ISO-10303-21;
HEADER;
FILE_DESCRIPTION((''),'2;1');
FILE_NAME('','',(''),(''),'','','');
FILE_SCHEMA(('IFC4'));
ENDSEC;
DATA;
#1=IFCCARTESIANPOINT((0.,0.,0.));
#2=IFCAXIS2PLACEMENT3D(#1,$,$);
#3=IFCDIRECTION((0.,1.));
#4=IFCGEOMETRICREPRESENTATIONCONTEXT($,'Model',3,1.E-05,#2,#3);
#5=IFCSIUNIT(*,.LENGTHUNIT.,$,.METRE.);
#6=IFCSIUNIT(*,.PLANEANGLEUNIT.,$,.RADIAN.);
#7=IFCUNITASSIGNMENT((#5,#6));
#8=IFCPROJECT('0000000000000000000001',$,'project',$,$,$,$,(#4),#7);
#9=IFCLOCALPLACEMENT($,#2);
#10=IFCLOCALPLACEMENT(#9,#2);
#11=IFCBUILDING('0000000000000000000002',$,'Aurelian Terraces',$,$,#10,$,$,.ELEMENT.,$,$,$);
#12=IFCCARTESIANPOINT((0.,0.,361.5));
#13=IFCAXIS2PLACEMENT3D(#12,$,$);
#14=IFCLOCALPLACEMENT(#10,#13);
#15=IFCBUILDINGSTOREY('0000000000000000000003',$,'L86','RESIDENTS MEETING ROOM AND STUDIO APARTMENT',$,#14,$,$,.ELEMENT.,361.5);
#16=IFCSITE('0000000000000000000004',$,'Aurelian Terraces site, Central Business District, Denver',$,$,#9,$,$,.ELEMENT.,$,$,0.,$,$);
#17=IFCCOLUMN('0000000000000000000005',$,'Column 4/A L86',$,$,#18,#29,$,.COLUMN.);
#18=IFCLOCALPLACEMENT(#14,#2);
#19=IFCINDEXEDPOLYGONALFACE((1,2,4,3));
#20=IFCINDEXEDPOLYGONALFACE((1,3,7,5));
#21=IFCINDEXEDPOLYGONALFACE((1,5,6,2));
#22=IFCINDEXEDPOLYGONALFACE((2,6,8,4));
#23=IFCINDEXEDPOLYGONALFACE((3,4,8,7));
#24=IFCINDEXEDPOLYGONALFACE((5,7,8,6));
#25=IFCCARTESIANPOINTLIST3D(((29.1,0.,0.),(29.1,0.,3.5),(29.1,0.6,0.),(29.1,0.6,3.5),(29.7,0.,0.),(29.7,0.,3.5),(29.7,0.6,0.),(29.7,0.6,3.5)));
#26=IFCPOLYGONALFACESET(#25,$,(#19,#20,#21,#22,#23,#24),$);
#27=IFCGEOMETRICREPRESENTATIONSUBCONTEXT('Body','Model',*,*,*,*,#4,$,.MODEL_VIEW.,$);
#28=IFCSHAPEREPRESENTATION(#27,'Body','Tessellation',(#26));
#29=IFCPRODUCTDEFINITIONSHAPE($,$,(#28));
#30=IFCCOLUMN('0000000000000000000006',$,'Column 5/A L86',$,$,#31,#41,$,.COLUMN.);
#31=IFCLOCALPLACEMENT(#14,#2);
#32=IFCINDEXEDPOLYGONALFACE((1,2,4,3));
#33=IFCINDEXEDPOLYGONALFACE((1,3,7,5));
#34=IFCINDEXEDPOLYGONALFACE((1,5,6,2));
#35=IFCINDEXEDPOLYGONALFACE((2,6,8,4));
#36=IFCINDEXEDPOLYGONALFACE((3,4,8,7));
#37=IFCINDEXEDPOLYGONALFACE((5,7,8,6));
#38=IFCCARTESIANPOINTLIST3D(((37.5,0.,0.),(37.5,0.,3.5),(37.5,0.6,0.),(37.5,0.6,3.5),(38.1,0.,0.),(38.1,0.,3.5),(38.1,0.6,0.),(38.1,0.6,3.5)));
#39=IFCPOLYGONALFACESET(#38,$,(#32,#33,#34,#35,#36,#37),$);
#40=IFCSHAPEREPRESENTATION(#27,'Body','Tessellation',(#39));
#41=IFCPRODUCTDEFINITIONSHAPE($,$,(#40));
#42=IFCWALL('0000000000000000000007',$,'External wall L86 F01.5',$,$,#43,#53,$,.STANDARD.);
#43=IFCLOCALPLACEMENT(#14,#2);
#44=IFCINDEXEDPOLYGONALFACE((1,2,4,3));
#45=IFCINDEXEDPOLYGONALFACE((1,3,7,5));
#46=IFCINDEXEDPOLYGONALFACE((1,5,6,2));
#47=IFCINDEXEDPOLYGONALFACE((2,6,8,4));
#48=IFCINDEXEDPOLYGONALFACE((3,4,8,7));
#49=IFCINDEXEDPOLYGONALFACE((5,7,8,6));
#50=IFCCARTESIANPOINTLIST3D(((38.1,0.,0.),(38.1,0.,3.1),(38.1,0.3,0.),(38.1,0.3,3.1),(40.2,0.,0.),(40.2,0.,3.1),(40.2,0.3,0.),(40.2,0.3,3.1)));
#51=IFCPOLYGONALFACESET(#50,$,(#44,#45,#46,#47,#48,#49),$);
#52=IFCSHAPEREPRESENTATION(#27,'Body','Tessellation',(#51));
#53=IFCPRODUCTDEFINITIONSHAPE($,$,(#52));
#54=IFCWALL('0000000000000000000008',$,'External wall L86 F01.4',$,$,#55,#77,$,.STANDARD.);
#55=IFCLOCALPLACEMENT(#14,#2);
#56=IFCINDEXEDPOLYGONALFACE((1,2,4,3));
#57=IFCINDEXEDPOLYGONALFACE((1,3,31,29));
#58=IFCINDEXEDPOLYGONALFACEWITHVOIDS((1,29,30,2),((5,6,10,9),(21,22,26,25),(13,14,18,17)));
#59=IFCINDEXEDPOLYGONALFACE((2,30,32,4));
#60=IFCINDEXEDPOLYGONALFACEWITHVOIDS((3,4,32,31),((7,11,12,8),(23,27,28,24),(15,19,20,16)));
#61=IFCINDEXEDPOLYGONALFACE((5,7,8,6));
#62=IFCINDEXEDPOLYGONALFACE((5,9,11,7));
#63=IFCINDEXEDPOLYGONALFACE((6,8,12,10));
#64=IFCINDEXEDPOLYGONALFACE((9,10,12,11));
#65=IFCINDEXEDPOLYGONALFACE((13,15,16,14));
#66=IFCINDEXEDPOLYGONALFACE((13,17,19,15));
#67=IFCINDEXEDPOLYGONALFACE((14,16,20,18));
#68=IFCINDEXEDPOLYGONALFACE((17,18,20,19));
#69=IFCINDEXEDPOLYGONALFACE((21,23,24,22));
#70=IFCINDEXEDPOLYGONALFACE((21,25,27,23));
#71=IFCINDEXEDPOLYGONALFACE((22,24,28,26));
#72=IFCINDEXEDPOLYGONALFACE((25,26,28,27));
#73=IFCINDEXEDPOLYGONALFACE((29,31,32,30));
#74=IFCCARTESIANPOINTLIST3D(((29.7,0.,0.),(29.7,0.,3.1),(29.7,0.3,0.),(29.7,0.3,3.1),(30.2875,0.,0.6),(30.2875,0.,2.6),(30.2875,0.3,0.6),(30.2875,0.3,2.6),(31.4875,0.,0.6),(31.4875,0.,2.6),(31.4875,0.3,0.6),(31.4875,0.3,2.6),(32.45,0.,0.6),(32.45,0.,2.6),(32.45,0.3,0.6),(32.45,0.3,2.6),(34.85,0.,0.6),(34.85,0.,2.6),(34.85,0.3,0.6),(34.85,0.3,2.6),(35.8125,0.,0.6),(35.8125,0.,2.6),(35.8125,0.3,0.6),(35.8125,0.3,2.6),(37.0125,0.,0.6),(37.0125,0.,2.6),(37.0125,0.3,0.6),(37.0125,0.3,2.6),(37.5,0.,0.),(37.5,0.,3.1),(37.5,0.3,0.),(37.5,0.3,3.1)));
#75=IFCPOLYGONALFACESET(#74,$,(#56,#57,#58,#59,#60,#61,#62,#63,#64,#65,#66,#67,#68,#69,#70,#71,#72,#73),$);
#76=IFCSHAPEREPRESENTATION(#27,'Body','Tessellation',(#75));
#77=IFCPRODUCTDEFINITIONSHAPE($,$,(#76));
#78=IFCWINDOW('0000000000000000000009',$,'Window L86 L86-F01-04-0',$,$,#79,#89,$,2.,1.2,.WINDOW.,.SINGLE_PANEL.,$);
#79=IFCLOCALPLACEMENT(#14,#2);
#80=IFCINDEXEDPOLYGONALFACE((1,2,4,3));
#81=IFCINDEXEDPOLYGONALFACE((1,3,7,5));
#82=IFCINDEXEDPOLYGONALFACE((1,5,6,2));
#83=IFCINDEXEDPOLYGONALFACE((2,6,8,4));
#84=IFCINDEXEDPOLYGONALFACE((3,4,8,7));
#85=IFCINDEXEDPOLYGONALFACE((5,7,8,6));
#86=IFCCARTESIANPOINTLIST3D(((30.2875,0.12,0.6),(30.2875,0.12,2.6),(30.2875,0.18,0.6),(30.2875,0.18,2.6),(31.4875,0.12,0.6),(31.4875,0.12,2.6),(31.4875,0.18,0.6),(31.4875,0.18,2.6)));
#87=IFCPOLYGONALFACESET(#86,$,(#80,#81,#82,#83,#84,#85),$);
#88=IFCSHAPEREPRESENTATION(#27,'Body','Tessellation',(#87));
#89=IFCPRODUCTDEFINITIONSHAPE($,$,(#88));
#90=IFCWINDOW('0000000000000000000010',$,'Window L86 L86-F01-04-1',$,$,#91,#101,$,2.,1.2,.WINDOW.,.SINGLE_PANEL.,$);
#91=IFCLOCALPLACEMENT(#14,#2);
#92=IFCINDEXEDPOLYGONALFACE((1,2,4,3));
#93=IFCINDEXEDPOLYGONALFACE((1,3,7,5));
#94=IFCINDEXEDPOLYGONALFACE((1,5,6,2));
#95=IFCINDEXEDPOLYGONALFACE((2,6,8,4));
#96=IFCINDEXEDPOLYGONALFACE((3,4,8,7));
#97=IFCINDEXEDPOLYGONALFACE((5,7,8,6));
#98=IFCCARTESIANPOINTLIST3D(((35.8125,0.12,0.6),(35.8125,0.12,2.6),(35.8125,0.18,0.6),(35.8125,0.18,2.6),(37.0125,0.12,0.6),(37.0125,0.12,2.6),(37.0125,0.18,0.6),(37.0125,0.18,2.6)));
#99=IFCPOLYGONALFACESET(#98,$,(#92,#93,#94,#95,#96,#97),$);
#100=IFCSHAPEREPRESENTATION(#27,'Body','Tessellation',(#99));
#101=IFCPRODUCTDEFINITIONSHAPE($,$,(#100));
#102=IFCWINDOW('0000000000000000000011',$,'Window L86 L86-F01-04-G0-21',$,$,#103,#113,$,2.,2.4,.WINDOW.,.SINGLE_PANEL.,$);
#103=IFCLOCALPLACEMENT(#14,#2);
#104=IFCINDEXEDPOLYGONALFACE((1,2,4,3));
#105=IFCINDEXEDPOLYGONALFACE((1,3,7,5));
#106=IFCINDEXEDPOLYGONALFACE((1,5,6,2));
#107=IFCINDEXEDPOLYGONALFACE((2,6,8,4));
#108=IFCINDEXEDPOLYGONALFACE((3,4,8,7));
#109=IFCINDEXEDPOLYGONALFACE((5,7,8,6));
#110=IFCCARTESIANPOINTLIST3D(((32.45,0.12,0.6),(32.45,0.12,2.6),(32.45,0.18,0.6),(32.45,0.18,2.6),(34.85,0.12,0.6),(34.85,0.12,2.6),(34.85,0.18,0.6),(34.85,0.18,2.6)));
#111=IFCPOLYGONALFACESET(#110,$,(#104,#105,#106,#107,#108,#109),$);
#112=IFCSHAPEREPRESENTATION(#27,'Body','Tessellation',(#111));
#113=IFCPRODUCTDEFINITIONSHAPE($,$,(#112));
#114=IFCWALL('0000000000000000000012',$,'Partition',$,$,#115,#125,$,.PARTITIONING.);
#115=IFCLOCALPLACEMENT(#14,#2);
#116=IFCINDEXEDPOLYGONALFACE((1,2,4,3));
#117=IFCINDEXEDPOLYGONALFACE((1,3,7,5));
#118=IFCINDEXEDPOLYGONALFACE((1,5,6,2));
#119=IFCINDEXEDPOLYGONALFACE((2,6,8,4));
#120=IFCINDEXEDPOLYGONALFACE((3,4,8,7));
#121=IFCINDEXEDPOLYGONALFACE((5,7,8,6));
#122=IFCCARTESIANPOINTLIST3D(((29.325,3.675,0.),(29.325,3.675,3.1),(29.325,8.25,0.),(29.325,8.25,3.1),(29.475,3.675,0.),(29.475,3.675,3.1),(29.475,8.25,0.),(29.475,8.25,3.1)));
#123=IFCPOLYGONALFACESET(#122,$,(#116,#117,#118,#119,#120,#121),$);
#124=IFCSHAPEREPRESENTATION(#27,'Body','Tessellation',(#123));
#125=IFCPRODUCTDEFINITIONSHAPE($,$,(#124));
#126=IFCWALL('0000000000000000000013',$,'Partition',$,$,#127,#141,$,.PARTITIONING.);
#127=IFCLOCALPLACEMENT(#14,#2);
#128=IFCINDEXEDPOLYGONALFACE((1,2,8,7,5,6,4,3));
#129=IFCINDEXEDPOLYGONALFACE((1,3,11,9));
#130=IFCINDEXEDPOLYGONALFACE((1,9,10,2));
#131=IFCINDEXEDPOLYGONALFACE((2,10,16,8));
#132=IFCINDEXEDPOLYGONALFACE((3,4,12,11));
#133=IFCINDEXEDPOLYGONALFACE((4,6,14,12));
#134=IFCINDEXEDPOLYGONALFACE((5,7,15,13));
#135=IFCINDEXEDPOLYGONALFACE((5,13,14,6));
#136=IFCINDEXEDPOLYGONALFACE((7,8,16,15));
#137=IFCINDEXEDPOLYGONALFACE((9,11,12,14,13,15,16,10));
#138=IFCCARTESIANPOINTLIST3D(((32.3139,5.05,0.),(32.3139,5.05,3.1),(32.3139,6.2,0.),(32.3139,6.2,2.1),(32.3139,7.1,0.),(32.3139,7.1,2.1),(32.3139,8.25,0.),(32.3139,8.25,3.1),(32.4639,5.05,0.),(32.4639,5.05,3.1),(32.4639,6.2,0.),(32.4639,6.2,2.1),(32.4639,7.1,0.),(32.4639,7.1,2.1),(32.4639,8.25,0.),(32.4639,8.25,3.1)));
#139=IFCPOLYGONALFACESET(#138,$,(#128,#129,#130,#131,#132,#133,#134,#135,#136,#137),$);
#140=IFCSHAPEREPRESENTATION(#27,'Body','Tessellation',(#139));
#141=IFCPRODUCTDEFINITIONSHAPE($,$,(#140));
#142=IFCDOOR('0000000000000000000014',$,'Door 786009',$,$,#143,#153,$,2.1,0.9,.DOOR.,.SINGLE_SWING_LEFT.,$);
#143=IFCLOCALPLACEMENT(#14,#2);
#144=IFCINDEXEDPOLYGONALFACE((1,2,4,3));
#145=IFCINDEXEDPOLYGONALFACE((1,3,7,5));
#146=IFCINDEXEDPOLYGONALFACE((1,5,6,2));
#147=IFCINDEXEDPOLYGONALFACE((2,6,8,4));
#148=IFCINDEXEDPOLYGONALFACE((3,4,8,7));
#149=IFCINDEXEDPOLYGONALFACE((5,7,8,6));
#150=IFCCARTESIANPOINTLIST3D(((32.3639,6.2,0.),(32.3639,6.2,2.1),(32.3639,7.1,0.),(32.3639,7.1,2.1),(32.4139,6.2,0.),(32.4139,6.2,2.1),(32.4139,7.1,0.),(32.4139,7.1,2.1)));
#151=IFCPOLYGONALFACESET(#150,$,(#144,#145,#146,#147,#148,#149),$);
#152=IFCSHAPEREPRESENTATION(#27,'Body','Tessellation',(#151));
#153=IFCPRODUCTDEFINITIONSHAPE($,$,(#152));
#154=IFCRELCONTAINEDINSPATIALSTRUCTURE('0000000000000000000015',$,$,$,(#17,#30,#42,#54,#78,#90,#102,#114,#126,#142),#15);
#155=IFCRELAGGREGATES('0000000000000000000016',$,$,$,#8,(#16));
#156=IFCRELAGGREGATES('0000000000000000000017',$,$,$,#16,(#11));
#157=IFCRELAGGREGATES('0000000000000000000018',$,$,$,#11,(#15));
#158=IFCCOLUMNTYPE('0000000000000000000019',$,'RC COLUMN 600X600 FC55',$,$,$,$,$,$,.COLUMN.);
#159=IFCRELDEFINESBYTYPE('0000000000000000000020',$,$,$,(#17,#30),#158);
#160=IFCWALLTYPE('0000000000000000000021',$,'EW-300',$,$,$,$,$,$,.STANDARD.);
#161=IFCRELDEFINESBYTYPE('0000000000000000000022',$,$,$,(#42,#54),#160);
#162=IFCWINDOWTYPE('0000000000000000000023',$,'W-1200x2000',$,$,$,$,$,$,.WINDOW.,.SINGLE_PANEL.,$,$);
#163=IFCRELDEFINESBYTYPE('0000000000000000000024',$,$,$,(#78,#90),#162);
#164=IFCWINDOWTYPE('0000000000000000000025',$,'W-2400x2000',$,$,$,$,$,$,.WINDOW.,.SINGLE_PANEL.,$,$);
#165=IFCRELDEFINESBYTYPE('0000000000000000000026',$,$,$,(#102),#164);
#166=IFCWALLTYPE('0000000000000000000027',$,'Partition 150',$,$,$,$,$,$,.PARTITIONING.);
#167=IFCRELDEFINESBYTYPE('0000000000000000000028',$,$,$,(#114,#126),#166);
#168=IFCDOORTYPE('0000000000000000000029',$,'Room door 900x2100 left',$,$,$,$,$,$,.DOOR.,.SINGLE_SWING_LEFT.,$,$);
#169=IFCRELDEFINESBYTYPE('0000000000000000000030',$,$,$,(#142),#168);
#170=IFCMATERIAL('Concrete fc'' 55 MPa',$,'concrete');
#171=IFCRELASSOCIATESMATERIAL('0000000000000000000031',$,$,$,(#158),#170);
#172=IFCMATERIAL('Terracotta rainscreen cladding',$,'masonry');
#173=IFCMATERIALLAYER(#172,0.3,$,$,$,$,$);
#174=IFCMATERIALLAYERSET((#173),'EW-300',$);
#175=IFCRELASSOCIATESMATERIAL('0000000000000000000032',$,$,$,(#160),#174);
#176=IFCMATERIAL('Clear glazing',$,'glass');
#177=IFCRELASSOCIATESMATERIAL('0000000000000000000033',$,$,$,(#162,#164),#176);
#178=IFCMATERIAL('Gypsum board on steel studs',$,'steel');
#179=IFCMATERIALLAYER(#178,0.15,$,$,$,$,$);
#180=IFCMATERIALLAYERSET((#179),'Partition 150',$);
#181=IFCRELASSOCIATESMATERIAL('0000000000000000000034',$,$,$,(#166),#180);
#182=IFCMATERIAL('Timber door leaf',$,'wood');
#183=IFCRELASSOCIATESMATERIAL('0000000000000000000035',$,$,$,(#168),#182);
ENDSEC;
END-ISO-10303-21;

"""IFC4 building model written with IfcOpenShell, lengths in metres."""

from ifc_helpers import new_model, si_unit, direction, frame, frame_2d, origin, origin_2d, place, context, subcontext, project, spatial, rectangle, extrude, source, transform, mapped, material, layer, layer_set, material_profile, profile_set, type_object, element, fill, save


model = new_model("IFC4")

# Units and contexts
model_context = context("Model", 3, precision=1e-05, world=origin(), true_north=direction((0.0, 1.0)))
body_context = subcontext(model_context, "Body", "Model", "MODEL_VIEW")
ifc_project = project(units=[si_unit("LENGTHUNIT", "METRE"), si_unit("PLANEANGLEUNIT", "RADIAN")], contexts=[model_context])

# Site, building, storey
site_placement = place(None, origin())
site = spatial("IfcSite", under=ifc_project, at=site_placement, Name="Aurelian Terraces site, Central Business District, Denver", CompositionType="ELEMENT", RefElevation=0.0)
building_placement = place(site_placement, origin())
building = spatial("IfcBuilding", under=site, at=building_placement, Name="Aurelian Terraces", CompositionType="ELEMENT")
storey_placement = place(building_placement, frame((0.0, 0.0, 361.5)))
storey = spatial("IfcBuildingStorey", under=building, at=storey_placement, Name="L86", Description="RESIDENTS MEETING ROOM AND STUDIO APARTMENT", CompositionType="ELEMENT", Elevation=361.5)

# Columns
ifc_material_1 = material(Name="Concrete fc' 55 MPa", Category="concrete")
ifc_material_profile = material_profile(ifc_material_1, rectangle(XDim=0.6, YDim=0.6, at=origin_2d()))
ifc_profile_set = profile_set([ifc_material_profile], Name="Concrete fc' 55 MPa")
column_type = type_object("IfcColumnType", Name="RC COLUMN 600X600 FC55", PredefinedType="COLUMN", material=ifc_profile_set)
shared_shape_1 = source(origin(), body_context, "Body", "SweptSolid", [
    extrude(rectangle(XDim=0.6, YDim=0.6, at=origin_2d()), origin(), (0.0, 0.0, 1.0), 3.5),
])
for number, where, z_axis, x_axis, name in (
    (1, (29.4, 0.3, 0.0), (0.0, 0.0, 1.0), (1.0, 0.0, 0.0), "Column 4/A L86"),
    (2, (37.8, 0.3, 0.0), (0.0, 0.0, 1.0), (1.0, 0.0, 0.0), "Column 5/A L86"),
):
    element("IfcColumn", number, at=place(storey_placement, frame(where, z_axis=z_axis, x_axis=x_axis)), inside=storey, type_object=column_type, Name=name, PredefinedType="COLUMN", context=body_context, shape_type="MappedRepresentation", body=[
        mapped(shared_shape_1, transform((0.0, 0.0, 0.0), scale=1.0)),
    ])

# Wall
ifc_material_2 = material(Name="Terracotta rainscreen cladding", Category="masonry")
ifc_layer_1 = layer(ifc_material_2, 0.3)
ifc_layer_set_1 = layer_set([ifc_layer_1], Name="EW-300")
wall_type_1 = type_object("IfcWallType", Name="EW-300", PredefinedType="STANDARD", material=ifc_layer_set_1)
shared_shape_2 = source(origin(), body_context, "Body", "SweptSolid", [
    extrude(rectangle(XDim=2.1, YDim=0.3, at=frame_2d((1.05, 0.0))), origin(), (0.0, 0.0, 1.0), 3.1),
])
wall_1_placement = place(storey_placement, frame((38.1, 0.15, 0.0), z_axis=(0.0, 0.0, 1.0), x_axis=(1.0, 0.0, 0.0)))
element("IfcWall", 3, at=wall_1_placement, inside=storey, type_object=wall_type_1, Name="External wall L86 F01.5", PredefinedType="STANDARD", context=body_context, shape_type="MappedRepresentation", body=[
    mapped(shared_shape_2, transform((0.0, 0.0, 0.0), scale=1.0)),
])

# Wall, openings, windows
shared_shape_3 = source(origin(), body_context, "Body", "SweptSolid", [
    extrude(rectangle(XDim=7.8, YDim=0.3, at=frame_2d((3.9, 0.0))), origin(), (0.0, 0.0, 1.0), 3.1),
])
wall_2_placement = place(storey_placement, frame((29.7, 0.15, 0.0), z_axis=(0.0, 0.0, 1.0), x_axis=(1.0, 0.0, 0.0)))
wall_2 = element("IfcWall", 4, at=wall_2_placement, inside=storey, type_object=wall_type_1, Name="External wall L86 F01.4", PredefinedType="STANDARD", context=body_context, shape_type="MappedRepresentation", body=[
    mapped(shared_shape_3, transform((0.0, 0.0, 0.0), scale=1.0)),
])
shared_shape_4 = source(origin(), body_context, "Body", "SweptSolid", [
    extrude(rectangle(XDim=1.2, YDim=2.0, at=frame_2d((0.6, 1.0))), frame((0.0, 0.16, 0.0), z_axis=(0.0, -1.0, 0.0), x_axis=(1.0, 0.0, 0.0)), (0.0, 0.0, 1.0), 0.32),
])
opening_1_placement = place(wall_2_placement, frame((0.5875, 0.0, 0.6)))
opening_1 = element("IfcOpeningElement", 5, at=opening_1_placement, cuts=wall_2, PredefinedType="OPENING", context=body_context, shape_type="MappedRepresentation", body=[
    mapped(shared_shape_4, transform((0.0, 0.0, 0.0), scale=1.0)),
])
opening_2_placement = place(wall_2_placement, frame((6.1125, 0.0, 0.6)))
opening_2 = element("IfcOpeningElement", 6, at=opening_2_placement, cuts=wall_2, PredefinedType="OPENING", context=body_context, shape_type="MappedRepresentation", body=[
    mapped(shared_shape_4, transform((0.0, 0.0, 0.0), scale=1.0)),
])
shared_shape_5 = source(origin(), body_context, "Body", "SweptSolid", [
    extrude(rectangle(XDim=2.4, YDim=2.0, at=frame_2d((1.2, 1.0))), frame((0.0, 0.16, 0.0), z_axis=(0.0, -1.0, 0.0), x_axis=(1.0, 0.0, 0.0)), (0.0, 0.0, 1.0), 0.32),
])
opening_3_placement = place(wall_2_placement, frame((2.75, 0.0, 0.6)))
opening_3 = element("IfcOpeningElement", 7, at=opening_3_placement, cuts=wall_2, PredefinedType="OPENING", context=body_context, shape_type="MappedRepresentation", body=[
    mapped(shared_shape_5, transform((0.0, 0.0, 0.0), scale=1.0)),
])
ifc_material_3 = material(Name="Clear glazing", Category="glass")
window_type_1 = type_object("IfcWindowType", Name="W-1200x2000", PartitioningType="SINGLE_PANEL", PredefinedType="WINDOW", material=ifc_material_3)
shared_shape_6 = source(origin(), body_context, "Body", "SweptSolid", [
    extrude(rectangle(XDim=1.2, YDim=2.0, at=frame_2d((0.6, 1.0))), frame((0.0, 0.03, 0.0), z_axis=(0.0, -1.0, 0.0), x_axis=(1.0, 0.0, 0.0)), (0.0, 0.0, 1.0), 0.06),
])
window_1_placement = place(opening_1_placement, origin())
window_1 = element("IfcWindow", 8, at=window_1_placement, inside=storey, type_object=window_type_1, Name="Window L86 L86-F01-04-0", OverallHeight=2.0, OverallWidth=1.2, PartitioningType="SINGLE_PANEL", PredefinedType="WINDOW", context=body_context, shape_type="MappedRepresentation", body=[
    mapped(shared_shape_6, transform((0.0, 0.0, 0.0), scale=1.0)),
])
fill(opening_1, window_1)
window_2_placement = place(opening_2_placement, origin())
window_2 = element("IfcWindow", 9, at=window_2_placement, inside=storey, type_object=window_type_1, Name="Window L86 L86-F01-04-1", OverallHeight=2.0, OverallWidth=1.2, PartitioningType="SINGLE_PANEL", PredefinedType="WINDOW", context=body_context, shape_type="MappedRepresentation", body=[
    mapped(shared_shape_6, transform((0.0, 0.0, 0.0), scale=1.0)),
])
fill(opening_2, window_2)
window_type_2 = type_object("IfcWindowType", Name="W-2400x2000", PartitioningType="SINGLE_PANEL", PredefinedType="WINDOW", material=ifc_material_3)
shared_shape_7 = source(origin(), body_context, "Body", "SweptSolid", [
    extrude(rectangle(XDim=2.4, YDim=2.0, at=frame_2d((1.2, 1.0))), frame((0.0, 0.03, 0.0), z_axis=(0.0, -1.0, 0.0), x_axis=(1.0, 0.0, 0.0)), (0.0, 0.0, 1.0), 0.06),
])
window_3_placement = place(opening_3_placement, origin())
window_3 = element("IfcWindow", 10, at=window_3_placement, inside=storey, type_object=window_type_2, Name="Window L86 L86-F01-04-G0-21", OverallHeight=2.0, OverallWidth=2.4, PartitioningType="SINGLE_PANEL", PredefinedType="WINDOW", context=body_context, shape_type="MappedRepresentation", body=[
    mapped(shared_shape_7, transform((0.0, 0.0, 0.0), scale=1.0)),
])
fill(opening_3, window_3)

# Wall
ifc_material_4 = material(Name="Gypsum board on steel studs", Category="steel")
ifc_layer_2 = layer(ifc_material_4, 0.15)
ifc_layer_set_2 = layer_set([ifc_layer_2], Name="Partition 150")
wall_type_2 = type_object("IfcWallType", Name="Partition 150", PredefinedType="PARTITIONING", material=ifc_layer_set_2)
shared_shape_8 = source(origin(), body_context, "Body", "SweptSolid", [
    extrude(rectangle(XDim=4.575, YDim=0.15, at=frame_2d((2.2875, 0.0))), origin(), (0.0, 0.0, 1.0), 3.1),
])
wall_3_placement = place(storey_placement, frame((29.4, 3.675, 0.0), z_axis=(0.0, 0.0, 1.0), x_axis=(0.0, 1.0, 0.0)))
element("IfcWall", 11, at=wall_3_placement, inside=storey, type_object=wall_type_2, Name="Partition", PredefinedType="PARTITIONING", context=body_context, shape_type="MappedRepresentation", body=[
    mapped(shared_shape_8, transform((0.0, 0.0, 0.0), scale=1.0)),
])

# Wall, opening, door
shared_shape_9 = source(origin(), body_context, "Body", "SweptSolid", [
    extrude(rectangle(XDim=3.2, YDim=0.15, at=frame_2d((1.6, 0.0))), origin(), (0.0, 0.0, 1.0), 3.1),
])
wall_4_placement = place(storey_placement, frame((32.3889, 5.05, 0.0), z_axis=(0.0, 0.0, 1.0), x_axis=(0.0, 1.0, 0.0)))
wall_4 = element("IfcWall", 12, at=wall_4_placement, inside=storey, type_object=wall_type_2, Name="Partition", PredefinedType="PARTITIONING", context=body_context, shape_type="MappedRepresentation", body=[
    mapped(shared_shape_9, transform((0.0, 0.0, 0.0), scale=1.0)),
])
shared_shape_10 = source(origin(), body_context, "Body", "SweptSolid", [
    extrude(rectangle(XDim=0.9, YDim=2.1, at=frame_2d((0.45, 1.05))), frame((0.0, 0.085, 0.0), z_axis=(0.0, -1.0, 0.0), x_axis=(1.0, 0.0, 0.0)), (0.0, 0.0, 1.0), 0.17),
])
opening_4_placement = place(wall_4_placement, frame((1.15, 0.0, 0.0)))
opening_4 = element("IfcOpeningElement", 13, at=opening_4_placement, cuts=wall_4, PredefinedType="OPENING", context=body_context, shape_type="MappedRepresentation", body=[
    mapped(shared_shape_10, transform((0.0, 0.0, 0.0), scale=1.0)),
])
ifc_material_5 = material(Name="Timber door leaf", Category="wood")
door_type_1 = type_object("IfcDoorType", Name="Room door 900x2100 left", OperationType="SINGLE_SWING_LEFT", PredefinedType="DOOR", material=ifc_material_5)
shared_shape_11 = source(origin(), body_context, "Body", "SweptSolid", [
    extrude(rectangle(XDim=0.9, YDim=2.1, at=frame_2d((0.45, 1.05))), frame((0.0, 0.025, 0.0), z_axis=(0.0, -1.0, 0.0), x_axis=(1.0, 0.0, 0.0)), (0.0, 0.0, 1.0), 0.05),
])
door_1_placement = place(opening_4_placement, origin())
door_1 = element("IfcDoor", 14, at=door_1_placement, inside=storey, type_object=door_type_1, Name="Door 786009", OperationType="SINGLE_SWING_LEFT", OverallHeight=2.1, OverallWidth=0.9, PredefinedType="DOOR", context=body_context, shape_type="MappedRepresentation", body=[
    mapped(shared_shape_11, transform((0.0, 0.0, 0.0), scale=1.0)),
])
fill(opening_4, door_1)

save(model, "model.ifc")
